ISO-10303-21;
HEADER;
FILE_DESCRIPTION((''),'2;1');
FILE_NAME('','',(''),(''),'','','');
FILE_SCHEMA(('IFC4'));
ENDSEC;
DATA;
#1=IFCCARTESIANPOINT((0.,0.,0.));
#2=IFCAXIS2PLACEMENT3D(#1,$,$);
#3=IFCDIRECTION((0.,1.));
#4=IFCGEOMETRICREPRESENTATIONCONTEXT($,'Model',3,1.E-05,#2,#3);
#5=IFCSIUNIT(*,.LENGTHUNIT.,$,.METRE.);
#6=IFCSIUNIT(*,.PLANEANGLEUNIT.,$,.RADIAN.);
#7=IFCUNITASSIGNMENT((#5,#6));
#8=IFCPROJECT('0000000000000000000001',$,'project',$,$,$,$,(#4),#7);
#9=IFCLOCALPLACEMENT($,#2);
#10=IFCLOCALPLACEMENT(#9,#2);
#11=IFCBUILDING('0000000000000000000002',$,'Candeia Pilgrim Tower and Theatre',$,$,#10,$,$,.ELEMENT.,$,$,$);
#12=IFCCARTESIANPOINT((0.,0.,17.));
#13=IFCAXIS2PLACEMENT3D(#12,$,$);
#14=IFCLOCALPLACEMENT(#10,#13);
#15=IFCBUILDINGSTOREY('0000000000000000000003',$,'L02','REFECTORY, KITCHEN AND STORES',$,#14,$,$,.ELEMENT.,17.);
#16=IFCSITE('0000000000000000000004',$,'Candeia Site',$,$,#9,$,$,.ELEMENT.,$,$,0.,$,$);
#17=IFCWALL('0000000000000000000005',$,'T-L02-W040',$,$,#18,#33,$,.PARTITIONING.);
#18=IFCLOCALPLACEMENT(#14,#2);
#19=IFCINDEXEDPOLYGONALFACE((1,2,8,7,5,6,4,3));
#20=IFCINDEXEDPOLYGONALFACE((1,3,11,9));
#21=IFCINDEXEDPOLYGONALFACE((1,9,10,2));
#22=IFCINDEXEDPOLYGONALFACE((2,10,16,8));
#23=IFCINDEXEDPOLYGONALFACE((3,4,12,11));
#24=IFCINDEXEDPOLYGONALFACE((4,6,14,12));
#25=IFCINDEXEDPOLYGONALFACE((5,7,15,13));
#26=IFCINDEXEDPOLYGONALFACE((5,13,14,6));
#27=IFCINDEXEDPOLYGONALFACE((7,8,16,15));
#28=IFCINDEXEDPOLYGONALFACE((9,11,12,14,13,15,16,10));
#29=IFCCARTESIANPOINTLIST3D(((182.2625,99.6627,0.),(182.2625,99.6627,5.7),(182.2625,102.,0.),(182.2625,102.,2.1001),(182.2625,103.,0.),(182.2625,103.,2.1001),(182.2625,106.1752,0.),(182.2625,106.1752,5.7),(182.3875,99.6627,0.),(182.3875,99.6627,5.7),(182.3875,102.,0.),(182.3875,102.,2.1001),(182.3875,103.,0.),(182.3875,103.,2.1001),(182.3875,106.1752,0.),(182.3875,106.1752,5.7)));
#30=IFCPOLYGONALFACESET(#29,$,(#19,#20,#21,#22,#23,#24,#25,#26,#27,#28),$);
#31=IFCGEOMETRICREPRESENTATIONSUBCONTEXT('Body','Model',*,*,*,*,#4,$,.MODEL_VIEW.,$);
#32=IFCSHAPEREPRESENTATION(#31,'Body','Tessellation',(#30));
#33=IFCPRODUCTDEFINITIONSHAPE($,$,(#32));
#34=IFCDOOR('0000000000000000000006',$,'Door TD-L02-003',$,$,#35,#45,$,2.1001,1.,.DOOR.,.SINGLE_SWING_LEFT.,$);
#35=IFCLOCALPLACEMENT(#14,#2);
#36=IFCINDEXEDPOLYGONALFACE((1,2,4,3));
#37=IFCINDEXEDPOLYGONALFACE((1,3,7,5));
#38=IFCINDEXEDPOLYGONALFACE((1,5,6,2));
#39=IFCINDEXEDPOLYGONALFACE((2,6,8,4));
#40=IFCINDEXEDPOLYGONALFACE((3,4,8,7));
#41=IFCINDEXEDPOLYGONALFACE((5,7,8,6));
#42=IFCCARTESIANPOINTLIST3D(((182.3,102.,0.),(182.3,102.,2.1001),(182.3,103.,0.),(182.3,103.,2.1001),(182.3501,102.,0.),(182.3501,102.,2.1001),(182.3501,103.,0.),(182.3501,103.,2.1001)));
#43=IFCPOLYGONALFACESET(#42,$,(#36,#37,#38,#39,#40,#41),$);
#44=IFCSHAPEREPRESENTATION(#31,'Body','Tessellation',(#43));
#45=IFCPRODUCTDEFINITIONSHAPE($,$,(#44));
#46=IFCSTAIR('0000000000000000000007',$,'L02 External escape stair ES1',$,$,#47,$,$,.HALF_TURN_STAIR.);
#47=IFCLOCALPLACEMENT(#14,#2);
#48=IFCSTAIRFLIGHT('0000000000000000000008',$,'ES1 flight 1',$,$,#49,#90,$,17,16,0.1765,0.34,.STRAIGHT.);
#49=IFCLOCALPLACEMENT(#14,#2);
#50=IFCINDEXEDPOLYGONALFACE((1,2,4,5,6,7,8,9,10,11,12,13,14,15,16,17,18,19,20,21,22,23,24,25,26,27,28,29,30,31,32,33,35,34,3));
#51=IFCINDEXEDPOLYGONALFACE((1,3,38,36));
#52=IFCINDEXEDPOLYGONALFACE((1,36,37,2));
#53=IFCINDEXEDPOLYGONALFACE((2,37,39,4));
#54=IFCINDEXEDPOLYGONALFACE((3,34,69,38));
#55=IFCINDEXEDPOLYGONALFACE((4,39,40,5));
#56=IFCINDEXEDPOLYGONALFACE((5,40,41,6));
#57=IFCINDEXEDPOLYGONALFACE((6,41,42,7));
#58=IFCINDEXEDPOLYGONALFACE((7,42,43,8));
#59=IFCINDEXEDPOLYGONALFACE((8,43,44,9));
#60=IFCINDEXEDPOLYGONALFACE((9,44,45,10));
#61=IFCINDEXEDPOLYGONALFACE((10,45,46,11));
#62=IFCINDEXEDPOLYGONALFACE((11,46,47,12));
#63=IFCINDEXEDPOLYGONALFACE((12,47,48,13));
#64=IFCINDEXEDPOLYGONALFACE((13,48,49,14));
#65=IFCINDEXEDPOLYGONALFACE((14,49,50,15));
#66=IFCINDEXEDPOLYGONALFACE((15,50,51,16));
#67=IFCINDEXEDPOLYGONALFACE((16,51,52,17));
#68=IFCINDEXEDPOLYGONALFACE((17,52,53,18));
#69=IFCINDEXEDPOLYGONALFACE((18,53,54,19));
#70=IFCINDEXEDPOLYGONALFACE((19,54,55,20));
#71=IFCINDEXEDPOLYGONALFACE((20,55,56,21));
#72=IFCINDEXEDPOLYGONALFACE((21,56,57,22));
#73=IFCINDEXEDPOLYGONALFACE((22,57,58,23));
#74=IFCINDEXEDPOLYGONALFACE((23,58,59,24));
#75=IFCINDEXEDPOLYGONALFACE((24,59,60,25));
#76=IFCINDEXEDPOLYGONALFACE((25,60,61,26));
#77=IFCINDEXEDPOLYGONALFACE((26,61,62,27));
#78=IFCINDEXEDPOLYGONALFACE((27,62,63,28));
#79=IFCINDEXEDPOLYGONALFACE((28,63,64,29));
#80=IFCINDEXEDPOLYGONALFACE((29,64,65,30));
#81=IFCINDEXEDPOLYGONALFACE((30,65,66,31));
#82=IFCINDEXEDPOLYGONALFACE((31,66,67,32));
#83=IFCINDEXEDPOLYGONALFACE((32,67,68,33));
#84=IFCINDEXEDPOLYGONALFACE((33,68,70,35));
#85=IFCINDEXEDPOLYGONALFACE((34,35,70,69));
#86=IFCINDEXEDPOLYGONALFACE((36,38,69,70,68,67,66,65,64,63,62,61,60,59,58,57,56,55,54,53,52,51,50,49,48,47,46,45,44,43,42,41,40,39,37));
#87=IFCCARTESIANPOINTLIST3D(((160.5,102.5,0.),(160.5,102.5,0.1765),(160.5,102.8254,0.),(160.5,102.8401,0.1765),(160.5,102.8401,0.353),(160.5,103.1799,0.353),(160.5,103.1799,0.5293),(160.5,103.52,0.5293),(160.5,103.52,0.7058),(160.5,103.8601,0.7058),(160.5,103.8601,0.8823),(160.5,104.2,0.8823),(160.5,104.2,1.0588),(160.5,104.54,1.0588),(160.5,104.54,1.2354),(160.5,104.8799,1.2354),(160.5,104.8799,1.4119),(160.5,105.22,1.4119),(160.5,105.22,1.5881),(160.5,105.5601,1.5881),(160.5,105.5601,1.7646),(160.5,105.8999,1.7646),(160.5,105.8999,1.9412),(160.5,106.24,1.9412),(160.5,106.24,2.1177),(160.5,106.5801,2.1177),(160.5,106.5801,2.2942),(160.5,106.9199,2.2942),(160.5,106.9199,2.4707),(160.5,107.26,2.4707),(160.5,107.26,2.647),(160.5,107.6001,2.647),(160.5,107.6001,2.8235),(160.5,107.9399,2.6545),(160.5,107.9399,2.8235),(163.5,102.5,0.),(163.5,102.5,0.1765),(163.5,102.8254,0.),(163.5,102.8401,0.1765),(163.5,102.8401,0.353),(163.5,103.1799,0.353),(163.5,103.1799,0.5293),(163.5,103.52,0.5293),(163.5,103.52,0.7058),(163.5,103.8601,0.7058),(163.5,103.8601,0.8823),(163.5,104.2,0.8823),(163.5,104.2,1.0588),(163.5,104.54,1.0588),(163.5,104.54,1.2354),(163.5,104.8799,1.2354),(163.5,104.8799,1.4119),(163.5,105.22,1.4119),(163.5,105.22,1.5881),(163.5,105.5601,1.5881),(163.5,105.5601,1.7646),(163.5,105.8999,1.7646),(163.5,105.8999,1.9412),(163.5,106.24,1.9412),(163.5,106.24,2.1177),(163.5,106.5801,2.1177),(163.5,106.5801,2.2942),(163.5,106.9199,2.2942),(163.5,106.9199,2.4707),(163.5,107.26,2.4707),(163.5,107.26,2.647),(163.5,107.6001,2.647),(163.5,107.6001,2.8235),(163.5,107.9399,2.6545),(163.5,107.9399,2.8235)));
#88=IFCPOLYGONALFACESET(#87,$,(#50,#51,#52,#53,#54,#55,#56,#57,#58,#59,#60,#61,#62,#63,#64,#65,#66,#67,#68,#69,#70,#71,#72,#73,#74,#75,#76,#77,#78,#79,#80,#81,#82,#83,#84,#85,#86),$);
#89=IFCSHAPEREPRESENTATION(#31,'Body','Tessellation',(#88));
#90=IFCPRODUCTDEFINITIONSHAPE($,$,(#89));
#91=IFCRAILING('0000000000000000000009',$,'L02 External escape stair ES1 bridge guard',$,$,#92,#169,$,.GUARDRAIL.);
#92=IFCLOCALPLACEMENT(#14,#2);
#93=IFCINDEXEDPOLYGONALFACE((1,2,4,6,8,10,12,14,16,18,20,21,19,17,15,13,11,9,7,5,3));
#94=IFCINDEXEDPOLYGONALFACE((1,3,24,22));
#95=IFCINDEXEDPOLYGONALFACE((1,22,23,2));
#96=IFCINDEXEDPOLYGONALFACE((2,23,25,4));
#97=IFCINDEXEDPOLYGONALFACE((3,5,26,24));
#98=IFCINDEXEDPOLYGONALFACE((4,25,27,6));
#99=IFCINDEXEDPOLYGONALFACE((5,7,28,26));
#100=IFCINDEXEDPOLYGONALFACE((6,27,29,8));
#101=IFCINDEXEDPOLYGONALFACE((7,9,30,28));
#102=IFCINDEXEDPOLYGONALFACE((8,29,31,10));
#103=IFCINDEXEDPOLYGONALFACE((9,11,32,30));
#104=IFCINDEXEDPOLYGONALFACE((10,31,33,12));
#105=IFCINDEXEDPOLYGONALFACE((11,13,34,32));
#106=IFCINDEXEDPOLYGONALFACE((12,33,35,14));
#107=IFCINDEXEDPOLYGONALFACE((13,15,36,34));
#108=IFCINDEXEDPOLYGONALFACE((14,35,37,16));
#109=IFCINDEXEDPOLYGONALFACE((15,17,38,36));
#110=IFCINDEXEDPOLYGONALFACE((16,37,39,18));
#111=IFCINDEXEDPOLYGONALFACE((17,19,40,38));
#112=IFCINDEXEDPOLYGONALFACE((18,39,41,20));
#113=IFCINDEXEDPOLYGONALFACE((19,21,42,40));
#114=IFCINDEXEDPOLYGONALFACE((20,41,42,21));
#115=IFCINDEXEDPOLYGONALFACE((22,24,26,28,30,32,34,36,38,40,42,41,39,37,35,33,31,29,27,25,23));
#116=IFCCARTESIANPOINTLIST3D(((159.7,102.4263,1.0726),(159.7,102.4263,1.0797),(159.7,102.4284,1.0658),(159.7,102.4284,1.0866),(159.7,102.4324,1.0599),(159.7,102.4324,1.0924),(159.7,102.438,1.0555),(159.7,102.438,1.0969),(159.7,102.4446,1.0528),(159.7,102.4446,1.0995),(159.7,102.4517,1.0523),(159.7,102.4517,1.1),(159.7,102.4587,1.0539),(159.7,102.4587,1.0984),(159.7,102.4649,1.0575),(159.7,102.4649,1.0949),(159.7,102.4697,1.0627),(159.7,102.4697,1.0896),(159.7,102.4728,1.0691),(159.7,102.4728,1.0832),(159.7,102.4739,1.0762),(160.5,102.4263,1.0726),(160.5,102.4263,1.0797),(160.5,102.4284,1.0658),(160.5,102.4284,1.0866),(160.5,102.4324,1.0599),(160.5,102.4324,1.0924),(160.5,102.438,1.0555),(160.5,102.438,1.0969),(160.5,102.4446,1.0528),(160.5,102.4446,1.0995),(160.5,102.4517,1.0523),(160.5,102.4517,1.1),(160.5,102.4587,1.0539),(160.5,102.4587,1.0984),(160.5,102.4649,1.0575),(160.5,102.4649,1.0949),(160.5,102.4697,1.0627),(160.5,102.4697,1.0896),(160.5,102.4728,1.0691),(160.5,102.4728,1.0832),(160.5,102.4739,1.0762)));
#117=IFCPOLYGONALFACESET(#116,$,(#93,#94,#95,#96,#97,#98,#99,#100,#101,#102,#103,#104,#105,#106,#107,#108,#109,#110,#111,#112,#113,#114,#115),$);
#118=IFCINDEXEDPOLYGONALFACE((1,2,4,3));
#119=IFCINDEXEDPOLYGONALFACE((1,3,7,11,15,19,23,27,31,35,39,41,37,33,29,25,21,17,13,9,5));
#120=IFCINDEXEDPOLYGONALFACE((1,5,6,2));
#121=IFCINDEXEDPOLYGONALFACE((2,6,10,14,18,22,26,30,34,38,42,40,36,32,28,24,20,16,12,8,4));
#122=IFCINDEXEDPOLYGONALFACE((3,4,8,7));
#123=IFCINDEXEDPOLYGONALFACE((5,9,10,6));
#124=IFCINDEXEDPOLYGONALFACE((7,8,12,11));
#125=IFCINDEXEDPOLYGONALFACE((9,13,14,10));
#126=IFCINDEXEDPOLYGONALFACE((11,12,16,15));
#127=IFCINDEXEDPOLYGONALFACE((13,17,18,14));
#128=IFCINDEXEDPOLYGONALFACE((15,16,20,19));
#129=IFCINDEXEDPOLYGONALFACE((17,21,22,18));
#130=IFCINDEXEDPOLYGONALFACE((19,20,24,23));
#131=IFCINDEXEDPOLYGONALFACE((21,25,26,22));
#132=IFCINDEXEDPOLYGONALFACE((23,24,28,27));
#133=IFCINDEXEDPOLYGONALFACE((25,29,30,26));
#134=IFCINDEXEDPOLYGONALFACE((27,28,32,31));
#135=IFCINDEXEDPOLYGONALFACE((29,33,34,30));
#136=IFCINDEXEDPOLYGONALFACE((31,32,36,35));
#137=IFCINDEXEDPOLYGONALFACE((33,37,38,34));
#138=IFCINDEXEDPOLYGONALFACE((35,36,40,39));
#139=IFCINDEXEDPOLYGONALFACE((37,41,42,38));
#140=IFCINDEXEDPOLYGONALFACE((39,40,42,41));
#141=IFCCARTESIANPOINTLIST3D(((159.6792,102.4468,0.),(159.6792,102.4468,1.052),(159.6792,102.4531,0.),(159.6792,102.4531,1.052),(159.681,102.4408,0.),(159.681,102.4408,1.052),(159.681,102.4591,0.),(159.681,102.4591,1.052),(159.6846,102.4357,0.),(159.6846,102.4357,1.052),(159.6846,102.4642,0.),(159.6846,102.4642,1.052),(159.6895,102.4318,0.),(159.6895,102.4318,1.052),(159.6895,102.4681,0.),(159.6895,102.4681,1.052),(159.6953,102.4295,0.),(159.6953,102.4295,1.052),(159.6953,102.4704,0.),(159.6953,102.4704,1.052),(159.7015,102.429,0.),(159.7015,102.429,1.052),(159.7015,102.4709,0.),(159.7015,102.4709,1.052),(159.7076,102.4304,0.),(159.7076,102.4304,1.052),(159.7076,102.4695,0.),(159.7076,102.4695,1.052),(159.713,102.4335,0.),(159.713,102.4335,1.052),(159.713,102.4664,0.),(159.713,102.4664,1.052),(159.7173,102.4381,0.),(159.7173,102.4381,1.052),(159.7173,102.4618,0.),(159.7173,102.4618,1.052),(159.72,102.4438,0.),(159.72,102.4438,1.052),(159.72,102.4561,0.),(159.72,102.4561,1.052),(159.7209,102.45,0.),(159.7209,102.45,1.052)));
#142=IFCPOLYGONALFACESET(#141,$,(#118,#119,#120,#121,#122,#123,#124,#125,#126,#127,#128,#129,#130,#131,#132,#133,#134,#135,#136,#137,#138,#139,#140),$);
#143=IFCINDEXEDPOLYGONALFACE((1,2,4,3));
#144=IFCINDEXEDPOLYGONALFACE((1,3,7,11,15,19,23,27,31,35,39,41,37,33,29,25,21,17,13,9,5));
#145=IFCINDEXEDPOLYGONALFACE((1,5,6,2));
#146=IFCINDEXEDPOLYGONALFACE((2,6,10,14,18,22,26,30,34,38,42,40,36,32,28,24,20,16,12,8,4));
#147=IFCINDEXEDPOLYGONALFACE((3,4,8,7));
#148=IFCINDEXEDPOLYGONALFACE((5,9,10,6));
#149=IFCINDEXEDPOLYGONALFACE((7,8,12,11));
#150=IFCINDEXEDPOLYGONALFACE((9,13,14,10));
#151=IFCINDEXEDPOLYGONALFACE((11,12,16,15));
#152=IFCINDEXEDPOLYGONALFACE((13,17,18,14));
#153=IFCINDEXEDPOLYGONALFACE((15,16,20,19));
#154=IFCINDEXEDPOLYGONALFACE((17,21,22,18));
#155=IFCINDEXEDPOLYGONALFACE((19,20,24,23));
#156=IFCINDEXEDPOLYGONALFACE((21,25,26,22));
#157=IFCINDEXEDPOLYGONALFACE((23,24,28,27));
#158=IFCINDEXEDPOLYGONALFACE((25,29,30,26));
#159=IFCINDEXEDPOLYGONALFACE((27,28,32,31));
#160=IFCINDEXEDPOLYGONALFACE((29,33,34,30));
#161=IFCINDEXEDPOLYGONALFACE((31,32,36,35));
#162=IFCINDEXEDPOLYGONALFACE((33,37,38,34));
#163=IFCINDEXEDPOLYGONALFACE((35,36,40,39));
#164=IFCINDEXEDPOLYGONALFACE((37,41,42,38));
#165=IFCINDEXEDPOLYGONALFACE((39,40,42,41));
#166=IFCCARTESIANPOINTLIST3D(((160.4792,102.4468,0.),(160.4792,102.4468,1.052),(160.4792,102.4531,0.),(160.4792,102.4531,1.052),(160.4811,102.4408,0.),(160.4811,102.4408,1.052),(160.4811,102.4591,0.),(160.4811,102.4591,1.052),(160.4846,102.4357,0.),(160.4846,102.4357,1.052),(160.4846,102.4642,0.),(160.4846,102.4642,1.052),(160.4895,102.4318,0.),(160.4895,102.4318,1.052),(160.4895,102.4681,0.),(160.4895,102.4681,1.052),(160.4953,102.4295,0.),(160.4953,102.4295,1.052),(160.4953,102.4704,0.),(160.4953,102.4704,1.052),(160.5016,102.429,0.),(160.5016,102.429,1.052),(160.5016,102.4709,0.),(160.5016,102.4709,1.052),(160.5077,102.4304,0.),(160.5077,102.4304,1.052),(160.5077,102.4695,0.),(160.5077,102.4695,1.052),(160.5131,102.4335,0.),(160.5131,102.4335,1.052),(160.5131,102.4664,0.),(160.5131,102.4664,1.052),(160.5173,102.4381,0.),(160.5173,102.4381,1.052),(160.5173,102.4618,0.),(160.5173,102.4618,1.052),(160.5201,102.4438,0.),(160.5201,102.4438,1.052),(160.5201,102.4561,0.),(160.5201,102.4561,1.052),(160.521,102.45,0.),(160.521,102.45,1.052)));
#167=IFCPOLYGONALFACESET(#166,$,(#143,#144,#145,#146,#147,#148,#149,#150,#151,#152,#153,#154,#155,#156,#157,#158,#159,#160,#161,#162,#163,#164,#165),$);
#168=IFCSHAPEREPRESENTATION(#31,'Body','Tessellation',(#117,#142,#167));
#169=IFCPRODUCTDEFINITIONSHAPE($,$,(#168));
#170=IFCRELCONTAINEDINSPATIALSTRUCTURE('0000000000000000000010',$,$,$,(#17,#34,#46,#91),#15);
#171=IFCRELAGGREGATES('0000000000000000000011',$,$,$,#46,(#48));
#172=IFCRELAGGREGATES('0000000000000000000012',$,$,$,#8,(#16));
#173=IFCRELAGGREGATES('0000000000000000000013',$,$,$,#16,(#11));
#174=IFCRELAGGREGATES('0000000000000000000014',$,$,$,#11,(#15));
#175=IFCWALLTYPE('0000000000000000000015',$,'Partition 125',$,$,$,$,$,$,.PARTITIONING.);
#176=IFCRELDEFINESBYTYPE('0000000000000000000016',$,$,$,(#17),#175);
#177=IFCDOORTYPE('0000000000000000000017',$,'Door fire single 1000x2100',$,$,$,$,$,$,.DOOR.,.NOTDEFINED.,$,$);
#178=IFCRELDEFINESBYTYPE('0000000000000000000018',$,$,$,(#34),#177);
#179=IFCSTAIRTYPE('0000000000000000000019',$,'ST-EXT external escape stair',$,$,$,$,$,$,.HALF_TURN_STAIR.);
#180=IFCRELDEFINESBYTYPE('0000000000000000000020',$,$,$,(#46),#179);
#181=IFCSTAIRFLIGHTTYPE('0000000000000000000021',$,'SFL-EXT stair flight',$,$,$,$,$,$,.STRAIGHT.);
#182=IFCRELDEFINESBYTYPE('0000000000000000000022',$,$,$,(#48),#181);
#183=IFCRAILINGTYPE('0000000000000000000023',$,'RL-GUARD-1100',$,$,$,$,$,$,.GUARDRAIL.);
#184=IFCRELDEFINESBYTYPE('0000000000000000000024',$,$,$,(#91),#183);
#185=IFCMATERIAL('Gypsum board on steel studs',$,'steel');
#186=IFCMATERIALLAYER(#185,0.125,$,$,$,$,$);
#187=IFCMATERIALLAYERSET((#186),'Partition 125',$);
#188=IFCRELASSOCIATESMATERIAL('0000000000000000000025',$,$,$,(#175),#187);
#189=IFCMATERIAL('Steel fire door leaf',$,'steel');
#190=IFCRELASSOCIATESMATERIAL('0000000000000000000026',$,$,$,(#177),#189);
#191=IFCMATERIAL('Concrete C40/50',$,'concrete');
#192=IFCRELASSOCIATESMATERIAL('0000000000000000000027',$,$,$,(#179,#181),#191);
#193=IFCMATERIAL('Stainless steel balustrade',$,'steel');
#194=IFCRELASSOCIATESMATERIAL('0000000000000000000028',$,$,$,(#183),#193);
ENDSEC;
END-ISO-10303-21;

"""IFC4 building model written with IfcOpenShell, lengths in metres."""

from ifc_helpers import new_model, si_unit, direction, frame, frame_2d, origin, origin_2d, place, context, subcontext, project, spatial, polyline, rectangle, circle, outline, extrude, material, layer, layer_set, type_object, element, fill, aggregate, save


model = new_model("IFC4")

# Units and contexts
model_context = context("Model", 3, precision=1e-05, world=origin(), true_north=direction((0.0, 1.0)))
body_context = subcontext(model_context, "Body", "Model", "MODEL_VIEW")
ifc_project = project(units=[si_unit("LENGTHUNIT", "METRE"), si_unit("PLANEANGLEUNIT", "RADIAN")], contexts=[model_context])

# Site, building, storey
site_placement = place(None, origin())
site = spatial("IfcSite", under=ifc_project, at=site_placement, Name="Candeia Site", CompositionType="ELEMENT", RefElevation=0.0)
building_placement = place(site_placement, origin())
building = spatial("IfcBuilding", under=site, at=building_placement, Name="Candeia Pilgrim Tower and Theatre", CompositionType="ELEMENT")
storey_placement = place(building_placement, frame((0.0, 0.0, 17.0)))
storey = spatial("IfcBuildingStorey", under=building, at=storey_placement, Name="L02", Description="REFECTORY, KITCHEN AND STORES", CompositionType="ELEMENT", Elevation=17.0)

# Shared definitions
ifc_material_1 = material(Name="Concrete C40/50", Category="concrete")

# Shared definitions
ifc_material_2 = material(Name="Gypsum board on steel studs", Category="steel")
ifc_layer_1 = layer(ifc_material_2, 0.125)
ifc_layer_set_1 = layer_set([ifc_layer_1], Name="Partition 125")
wall_type_1 = type_object("IfcWallType", Name="Partition 125", PredefinedType="PARTITIONING", material=ifc_layer_set_1)

# Wall, opening, door
wall_1_placement = place(storey_placement, frame((182.325, 99.6626, 0.0), z_axis=(0.0, 0.0, 1.0), x_axis=(0.0, 1.0, 0.0)))
wall_1 = element("IfcWall", 1, at=wall_1_placement, inside=storey, type_object=wall_type_1, Name="T-L02-W040", PredefinedType="PARTITIONING", context=body_context, shape_type="SweptSolid", body=[
    extrude(rectangle(XDim=6.5125, YDim=0.125, at=frame_2d((3.2563, 0.0))), origin(), (0.0, 0.0, 1.0), 5.7),
])
opening_1_placement = place(wall_1_placement, frame((2.3374, 0.0, 0.0)))
opening_1 = element("IfcOpeningElement", 2, at=opening_1_placement, cuts=wall_1, PredefinedType="OPENING", context=body_context, shape_type="SweptSolid", body=[
    extrude(rectangle(XDim=1.0, YDim=2.1001, at=frame_2d((0.5, 1.05))), frame((0.0, 0.0725, 0.0), z_axis=(0.0, -1.0, 0.0), x_axis=(1.0, 0.0, 0.0)), (0.0, 0.0, 1.0), 0.145),
])
ifc_material_3 = material(Name="Steel fire door leaf", Category="steel")
door_type_1 = type_object("IfcDoorType", Name="Door fire single 1000x2100", OperationType="NOTDEFINED", PredefinedType="DOOR", material=ifc_material_3)
door_1_placement = place(opening_1_placement, origin())
door_1 = element("IfcDoor", 3, at=door_1_placement, inside=storey, type_object=door_type_1, Name="Door TD-L02-003", OperationType="SINGLE_SWING_LEFT", OverallHeight=2.1001, OverallWidth=1.0, PredefinedType="DOOR", context=body_context, shape_type="SweptSolid", body=[
    extrude(rectangle(XDim=1.0, YDim=2.1001, at=frame_2d((0.5, 1.05))), frame((0.0, 0.0249, 0.0), z_axis=(0.0, -1.0, 0.0), x_axis=(1.0, 0.0, 0.0)), (0.0, 0.0, 1.0), 0.05),
])
fill(opening_1, door_1)

# Stair, stair flight
stair_type = type_object("IfcStairType", Name="ST-EXT external escape stair", PredefinedType="HALF_TURN_STAIR", material=ifc_material_1)
stair_placement = place(storey_placement, origin())
stair = element("IfcStair", 4, at=stair_placement, inside=storey, type_object=stair_type, Name="L02 External escape stair ES1", PredefinedType="HALF_TURN_STAIR")
stair_flight_type = type_object("IfcStairFlightType", Name="SFL-EXT stair flight", PredefinedType="STRAIGHT", material=ifc_material_1)
stair_flight_placement = place(storey_placement, frame((162.0, 102.5, 0.0), z_axis=(0.0, 0.0, 1.0), x_axis=(0.0, 1.0, 0.0)))
stair_flight = element("IfcStairFlight", 5, at=stair_flight_placement, type_object=stair_flight_type, Name="ES1 flight 1", NumberOfRisers=17, NumberOfTreads=16, PredefinedType="STRAIGHT", RiserHeight=0.1765, TreadLength=0.34, context=body_context, shape_type="SweptSolid", body=[
    extrude(outline(polyline([(0.0, 0.0), (0.0, 0.1765), (0.3401, 0.1765), (0.3401, 0.353), (0.6799, 0.353), (0.6799, 0.5293), (1.02, 0.5293), (1.02, 0.7058), (1.3601, 0.7058), (1.3601, 0.8823), (1.7, 0.8823), (1.7, 1.0588), (2.04, 1.0588), (2.04, 1.2354), (2.3799, 1.2354), (2.3799, 1.4119), (2.72, 1.4119), (2.72, 1.5881), (3.0601, 1.5881), (3.0601, 1.7646), (3.3999, 1.7646), (3.3999, 1.9412), (3.74, 1.9412), (3.74, 2.1177), (4.0801, 2.1177), (4.0801, 2.2942), (4.4199, 2.2942), (4.4199, 2.4707), (4.76, 2.4707), (4.76, 2.647), (5.1001, 2.647), (5.1001, 2.8235), (5.4399, 2.8235), (5.4399, 3.0), (5.4399, 2.6545), (0.3254, 0.0), (0.0, 0.0)])), frame((0.0, 1.5, 0.0), z_axis=(0.0, -1.0, 0.0), x_axis=(1.0, 0.0, 0.0)), (0.0, 0.0, 1.0), 3.0),
])
aggregate(stair, [stair_flight])

# Railing
ifc_material_4 = material(Name="Stainless steel balustrade", Category="steel")
railing_type_1 = type_object("IfcRailingType", Name="RL-GUARD-1100", PredefinedType="GUARDRAIL", material=ifc_material_4)
railing_1_placement = place(storey_placement, frame((159.7, 102.45, 0.0)))
element("IfcRailing", 6, at=railing_1_placement, inside=storey, type_object=railing_type_1, Name="L02 External escape stair ES1 bridge guard", PredefinedType="GUARDRAIL", context=body_context, shape_type="SweptSolid", body=[
    extrude(circle(Radius=0.0239, at=origin_2d()), frame((0.0, 0.0, 1.0762), z_axis=(1.0, 0.0, 0.0), x_axis=(0.0, 1.0, 0.0)), (0.0, 0.0, 1.0), 0.8),
    extrude(circle(Radius=0.021, at=origin_2d()), origin(), (0.0, 0.0, 1.0), 1.052),
    extrude(circle(Radius=0.021, at=origin_2d()), frame((0.8, 0.0, 0.0)), (0.0, 0.0, 1.0), 1.052),
])

save(model, "model.ifc")
